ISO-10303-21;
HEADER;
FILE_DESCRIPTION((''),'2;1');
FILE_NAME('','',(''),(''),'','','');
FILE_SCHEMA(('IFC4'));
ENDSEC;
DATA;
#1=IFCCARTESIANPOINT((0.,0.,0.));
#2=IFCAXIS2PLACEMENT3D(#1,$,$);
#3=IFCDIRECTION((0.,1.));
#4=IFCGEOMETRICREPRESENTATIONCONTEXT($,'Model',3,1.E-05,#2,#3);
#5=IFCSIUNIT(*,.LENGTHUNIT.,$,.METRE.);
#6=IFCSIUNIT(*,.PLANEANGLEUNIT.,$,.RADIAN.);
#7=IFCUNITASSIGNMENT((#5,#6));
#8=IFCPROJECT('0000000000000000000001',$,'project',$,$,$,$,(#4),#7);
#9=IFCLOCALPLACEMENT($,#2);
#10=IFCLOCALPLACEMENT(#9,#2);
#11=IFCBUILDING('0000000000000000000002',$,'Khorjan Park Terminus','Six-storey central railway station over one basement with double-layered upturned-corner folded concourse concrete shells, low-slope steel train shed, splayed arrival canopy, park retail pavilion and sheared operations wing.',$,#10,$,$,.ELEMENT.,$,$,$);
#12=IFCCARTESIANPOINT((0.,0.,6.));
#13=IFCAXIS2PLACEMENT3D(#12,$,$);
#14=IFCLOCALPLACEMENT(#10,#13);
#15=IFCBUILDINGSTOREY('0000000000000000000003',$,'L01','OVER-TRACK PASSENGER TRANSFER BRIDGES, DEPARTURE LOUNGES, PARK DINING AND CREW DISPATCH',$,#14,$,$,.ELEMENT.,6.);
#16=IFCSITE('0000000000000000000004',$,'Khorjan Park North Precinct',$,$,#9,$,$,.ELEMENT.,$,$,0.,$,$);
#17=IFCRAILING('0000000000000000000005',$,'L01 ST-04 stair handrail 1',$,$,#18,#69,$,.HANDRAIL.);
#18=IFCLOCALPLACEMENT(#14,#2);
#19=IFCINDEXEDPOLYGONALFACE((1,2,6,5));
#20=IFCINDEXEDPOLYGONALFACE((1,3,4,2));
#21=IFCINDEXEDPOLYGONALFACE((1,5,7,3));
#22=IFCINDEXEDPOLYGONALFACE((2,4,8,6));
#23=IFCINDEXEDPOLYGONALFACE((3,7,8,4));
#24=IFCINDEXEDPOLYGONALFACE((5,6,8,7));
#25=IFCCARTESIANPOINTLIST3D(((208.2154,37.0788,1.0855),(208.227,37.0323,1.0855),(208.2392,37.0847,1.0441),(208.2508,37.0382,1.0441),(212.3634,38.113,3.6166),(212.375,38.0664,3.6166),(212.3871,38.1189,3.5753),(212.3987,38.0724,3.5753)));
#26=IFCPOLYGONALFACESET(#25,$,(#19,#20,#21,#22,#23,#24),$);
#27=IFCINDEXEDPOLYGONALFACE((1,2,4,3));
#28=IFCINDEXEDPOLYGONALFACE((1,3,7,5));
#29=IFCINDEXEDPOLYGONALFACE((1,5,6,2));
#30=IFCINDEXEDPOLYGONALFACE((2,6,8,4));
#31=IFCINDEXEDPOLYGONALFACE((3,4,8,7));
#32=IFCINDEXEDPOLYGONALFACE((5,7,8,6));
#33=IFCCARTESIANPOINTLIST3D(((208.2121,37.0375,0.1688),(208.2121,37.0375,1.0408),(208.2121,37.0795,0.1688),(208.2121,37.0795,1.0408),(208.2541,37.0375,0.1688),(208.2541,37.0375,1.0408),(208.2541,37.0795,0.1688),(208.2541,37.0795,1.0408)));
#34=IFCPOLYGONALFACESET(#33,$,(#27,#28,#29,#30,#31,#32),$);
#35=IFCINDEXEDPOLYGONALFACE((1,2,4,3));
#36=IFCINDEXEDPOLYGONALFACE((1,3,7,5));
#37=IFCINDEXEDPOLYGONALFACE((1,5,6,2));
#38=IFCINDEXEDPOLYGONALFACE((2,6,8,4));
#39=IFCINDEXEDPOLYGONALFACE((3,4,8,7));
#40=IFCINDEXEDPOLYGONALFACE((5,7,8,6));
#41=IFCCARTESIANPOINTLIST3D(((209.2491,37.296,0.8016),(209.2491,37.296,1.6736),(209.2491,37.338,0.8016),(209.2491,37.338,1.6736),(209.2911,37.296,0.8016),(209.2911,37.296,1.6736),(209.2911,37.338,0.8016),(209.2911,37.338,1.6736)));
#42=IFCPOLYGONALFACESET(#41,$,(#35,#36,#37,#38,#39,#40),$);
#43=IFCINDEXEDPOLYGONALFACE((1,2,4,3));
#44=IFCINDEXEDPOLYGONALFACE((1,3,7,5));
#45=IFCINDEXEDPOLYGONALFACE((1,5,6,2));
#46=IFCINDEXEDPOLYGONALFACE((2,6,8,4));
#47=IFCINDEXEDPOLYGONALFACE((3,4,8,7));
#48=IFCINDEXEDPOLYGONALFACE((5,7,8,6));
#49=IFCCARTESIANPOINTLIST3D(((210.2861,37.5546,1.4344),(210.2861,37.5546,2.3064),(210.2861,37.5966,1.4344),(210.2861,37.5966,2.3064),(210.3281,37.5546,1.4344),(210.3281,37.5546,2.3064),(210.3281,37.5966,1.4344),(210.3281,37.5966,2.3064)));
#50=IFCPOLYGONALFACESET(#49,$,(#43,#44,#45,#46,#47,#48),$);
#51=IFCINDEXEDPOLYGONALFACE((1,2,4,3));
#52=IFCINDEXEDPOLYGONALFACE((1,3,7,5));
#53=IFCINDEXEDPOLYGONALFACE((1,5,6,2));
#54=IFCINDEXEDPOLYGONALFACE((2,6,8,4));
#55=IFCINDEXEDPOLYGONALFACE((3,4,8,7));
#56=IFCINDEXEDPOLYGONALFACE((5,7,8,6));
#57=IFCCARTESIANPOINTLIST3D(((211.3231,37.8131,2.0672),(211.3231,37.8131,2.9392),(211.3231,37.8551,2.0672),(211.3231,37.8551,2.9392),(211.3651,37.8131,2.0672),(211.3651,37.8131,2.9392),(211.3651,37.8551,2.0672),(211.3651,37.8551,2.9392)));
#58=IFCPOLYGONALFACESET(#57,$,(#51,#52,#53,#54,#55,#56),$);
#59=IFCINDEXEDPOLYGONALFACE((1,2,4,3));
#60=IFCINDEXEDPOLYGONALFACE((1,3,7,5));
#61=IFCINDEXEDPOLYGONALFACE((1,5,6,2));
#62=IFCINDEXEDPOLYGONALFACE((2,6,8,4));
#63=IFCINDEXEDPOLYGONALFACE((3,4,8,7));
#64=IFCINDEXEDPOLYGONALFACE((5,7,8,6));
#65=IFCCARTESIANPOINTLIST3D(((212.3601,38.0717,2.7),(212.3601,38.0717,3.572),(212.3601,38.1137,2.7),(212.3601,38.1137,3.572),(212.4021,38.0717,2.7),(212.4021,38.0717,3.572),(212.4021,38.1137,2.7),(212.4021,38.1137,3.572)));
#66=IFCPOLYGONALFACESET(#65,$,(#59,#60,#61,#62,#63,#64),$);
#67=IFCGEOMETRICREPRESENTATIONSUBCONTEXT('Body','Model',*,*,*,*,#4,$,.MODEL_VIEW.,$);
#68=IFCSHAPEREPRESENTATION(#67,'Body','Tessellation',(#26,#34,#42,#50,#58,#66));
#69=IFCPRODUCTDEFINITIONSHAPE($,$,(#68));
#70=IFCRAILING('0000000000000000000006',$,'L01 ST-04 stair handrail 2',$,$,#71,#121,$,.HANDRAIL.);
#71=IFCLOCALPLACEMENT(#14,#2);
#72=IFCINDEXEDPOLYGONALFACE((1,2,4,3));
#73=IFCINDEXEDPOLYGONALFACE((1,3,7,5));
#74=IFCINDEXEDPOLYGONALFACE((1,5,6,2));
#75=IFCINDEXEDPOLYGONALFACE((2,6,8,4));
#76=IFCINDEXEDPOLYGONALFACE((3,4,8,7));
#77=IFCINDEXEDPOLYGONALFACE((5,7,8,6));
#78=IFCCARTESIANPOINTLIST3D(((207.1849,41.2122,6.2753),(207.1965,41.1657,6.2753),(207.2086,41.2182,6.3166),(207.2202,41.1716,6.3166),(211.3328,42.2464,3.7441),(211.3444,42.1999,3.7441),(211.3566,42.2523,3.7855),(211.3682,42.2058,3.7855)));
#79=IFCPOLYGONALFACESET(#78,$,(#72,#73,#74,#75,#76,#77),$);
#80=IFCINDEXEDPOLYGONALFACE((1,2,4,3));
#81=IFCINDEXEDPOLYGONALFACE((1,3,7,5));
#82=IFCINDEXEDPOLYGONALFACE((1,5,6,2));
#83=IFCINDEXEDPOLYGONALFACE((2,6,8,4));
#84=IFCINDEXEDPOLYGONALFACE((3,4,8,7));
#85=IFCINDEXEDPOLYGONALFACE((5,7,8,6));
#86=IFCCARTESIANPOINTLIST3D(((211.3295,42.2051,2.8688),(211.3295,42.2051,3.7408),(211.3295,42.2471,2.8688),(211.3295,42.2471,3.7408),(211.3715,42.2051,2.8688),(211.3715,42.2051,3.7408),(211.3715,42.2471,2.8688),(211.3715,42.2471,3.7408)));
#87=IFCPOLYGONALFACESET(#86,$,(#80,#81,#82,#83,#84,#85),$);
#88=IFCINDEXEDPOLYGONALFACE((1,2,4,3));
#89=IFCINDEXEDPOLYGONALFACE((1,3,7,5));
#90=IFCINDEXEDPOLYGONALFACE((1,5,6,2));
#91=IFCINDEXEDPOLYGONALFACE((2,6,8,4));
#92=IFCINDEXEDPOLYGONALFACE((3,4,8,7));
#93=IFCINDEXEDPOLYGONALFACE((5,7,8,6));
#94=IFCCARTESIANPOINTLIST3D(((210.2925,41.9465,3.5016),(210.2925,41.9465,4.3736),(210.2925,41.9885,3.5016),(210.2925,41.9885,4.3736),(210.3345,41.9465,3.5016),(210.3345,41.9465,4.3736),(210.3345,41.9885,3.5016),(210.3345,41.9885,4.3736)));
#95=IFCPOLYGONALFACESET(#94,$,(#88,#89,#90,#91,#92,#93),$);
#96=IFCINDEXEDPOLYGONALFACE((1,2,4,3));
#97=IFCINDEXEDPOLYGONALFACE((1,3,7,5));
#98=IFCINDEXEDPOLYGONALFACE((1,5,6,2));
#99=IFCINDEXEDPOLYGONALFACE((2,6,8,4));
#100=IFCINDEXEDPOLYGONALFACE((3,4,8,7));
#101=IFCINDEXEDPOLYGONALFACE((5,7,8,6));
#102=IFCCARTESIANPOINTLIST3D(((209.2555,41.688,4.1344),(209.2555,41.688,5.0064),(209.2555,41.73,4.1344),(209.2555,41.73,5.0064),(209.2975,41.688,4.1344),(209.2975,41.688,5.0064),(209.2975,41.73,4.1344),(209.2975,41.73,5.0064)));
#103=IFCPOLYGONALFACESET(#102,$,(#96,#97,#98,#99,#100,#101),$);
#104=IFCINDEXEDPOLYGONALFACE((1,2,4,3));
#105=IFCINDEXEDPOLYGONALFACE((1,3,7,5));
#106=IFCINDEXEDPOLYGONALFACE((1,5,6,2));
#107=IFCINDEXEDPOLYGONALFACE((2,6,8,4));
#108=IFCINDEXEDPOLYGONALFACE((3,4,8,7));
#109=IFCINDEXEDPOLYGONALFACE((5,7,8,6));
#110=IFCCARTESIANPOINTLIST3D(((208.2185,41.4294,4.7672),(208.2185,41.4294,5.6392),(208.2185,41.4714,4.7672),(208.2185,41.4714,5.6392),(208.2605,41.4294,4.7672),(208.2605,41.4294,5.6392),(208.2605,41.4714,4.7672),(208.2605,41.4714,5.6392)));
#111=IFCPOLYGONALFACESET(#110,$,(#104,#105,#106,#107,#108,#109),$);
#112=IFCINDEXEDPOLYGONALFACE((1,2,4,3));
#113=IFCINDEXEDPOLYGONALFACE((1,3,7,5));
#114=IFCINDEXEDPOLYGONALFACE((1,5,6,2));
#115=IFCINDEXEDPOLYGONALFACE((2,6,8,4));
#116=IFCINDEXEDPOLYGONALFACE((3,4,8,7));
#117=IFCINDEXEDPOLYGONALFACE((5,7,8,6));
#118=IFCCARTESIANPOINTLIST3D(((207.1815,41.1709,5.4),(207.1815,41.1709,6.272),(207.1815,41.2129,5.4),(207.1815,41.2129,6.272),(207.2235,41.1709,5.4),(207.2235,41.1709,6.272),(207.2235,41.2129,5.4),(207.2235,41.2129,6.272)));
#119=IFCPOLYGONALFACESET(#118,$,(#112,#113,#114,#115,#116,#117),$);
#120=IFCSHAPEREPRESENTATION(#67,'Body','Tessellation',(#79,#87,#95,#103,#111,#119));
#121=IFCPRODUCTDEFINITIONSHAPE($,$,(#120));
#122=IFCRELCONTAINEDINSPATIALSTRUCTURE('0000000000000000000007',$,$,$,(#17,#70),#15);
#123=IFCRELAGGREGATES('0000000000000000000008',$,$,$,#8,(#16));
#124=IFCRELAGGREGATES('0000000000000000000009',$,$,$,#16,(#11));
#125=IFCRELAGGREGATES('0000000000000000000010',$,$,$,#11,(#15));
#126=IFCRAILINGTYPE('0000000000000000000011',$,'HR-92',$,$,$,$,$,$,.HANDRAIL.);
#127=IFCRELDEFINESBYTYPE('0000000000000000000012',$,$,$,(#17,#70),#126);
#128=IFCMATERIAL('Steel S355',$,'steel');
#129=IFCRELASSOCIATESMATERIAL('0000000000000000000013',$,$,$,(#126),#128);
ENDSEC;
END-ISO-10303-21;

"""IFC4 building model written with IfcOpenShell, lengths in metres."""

from ifc_helpers import new_model, si_unit, direction, frame, origin, origin_2d, place, context, subcontext, project, spatial, rectangle, extrude, material, type_object, element, save


model = new_model("IFC4")

# Units and contexts
model_context = context("Model", 3, precision=1e-05, world=origin(), true_north=direction((0.0, 1.0)))
body_context = subcontext(model_context, "Body", "Model", "MODEL_VIEW")
ifc_project = project(units=[si_unit("LENGTHUNIT", "METRE"), si_unit("PLANEANGLEUNIT", "RADIAN")], contexts=[model_context])

# Site, building, storey
site_placement = place(None, origin())
site = spatial("IfcSite", under=ifc_project, at=site_placement, Name="Khorjan Park North Precinct", CompositionType="ELEMENT", RefElevation=0.0)
building_placement = place(site_placement, origin())
building = spatial("IfcBuilding", under=site, at=building_placement, Name="Khorjan Park Terminus", Description="Six-storey central railway station over one basement with double-layered upturned-corner folded concourse concrete shells, low-slope steel train shed, splayed arrival canopy, park retail pavilion and sheared operations wing.", CompositionType="ELEMENT")
storey_placement = place(building_placement, frame((0.0, 0.0, 6.0)))
storey = spatial("IfcBuildingStorey", under=building, at=storey_placement, Name="L01", Description="OVER-TRACK PASSENGER TRANSFER BRIDGES, DEPARTURE LOUNGES, PARK DINING AND CREW DISPATCH", CompositionType="ELEMENT", Elevation=6.0)

# Shared definitions
ifc_material_1 = material(Name="Steel S355", Category="steel")

# Railings
railing_type_1 = type_object("IfcRailingType", Name="HR-92", PredefinedType="HANDRAIL", material=ifc_material_1)
railing_1_placement = place(storey_placement, frame((208.2331, 37.0585, 0.1688)))
element("IfcRailing", 1, at=railing_1_placement, inside=storey, type_object=railing_type_1, Name="L01 ST-04 stair handrail 1", PredefinedType="HANDRAIL", context=body_context, shape_type="SweptSolid", body=[
    extrude(rectangle(XDim=0.048, YDim=0.048, at=origin_2d()), frame((0.0, 0.0, 0.896), z_axis=(0.83492, 0.208166, 0.509486), x_axis=(-0.241919, 0.970296, 0.0)), (0.0, 0.0, 1.0), 4.9681),
    extrude(rectangle(XDim=0.042, YDim=0.042, at=origin_2d()), origin(), (0.0, 0.0, 1.0), 0.872),
    extrude(rectangle(XDim=0.042, YDim=0.042, at=origin_2d()), frame((1.037, 0.2585, 0.6328)), (0.0, 0.0, 1.0), 0.872),
    extrude(rectangle(XDim=0.042, YDim=0.042, at=origin_2d()), frame((2.074, 0.5171, 1.2656)), (0.0, 0.0, 1.0), 0.872),
    extrude(rectangle(XDim=0.042, YDim=0.042, at=origin_2d()), frame((3.111, 0.7756, 1.8984)), (0.0, 0.0, 1.0), 0.872),
    extrude(rectangle(XDim=0.042, YDim=0.042, at=origin_2d()), frame((4.148, 1.0342, 2.5312)), (0.0, 0.0, 1.0), 0.872),
])
railing_2_placement = place(storey_placement, frame((211.3505, 42.2261, 2.8688)))
element("IfcRailing", 2, at=railing_2_placement, inside=storey, type_object=railing_type_1, Name="L01 ST-04 stair handrail 2", PredefinedType="HANDRAIL", context=body_context, shape_type="SweptSolid", body=[
    extrude(rectangle(XDim=0.048, YDim=0.048, at=origin_2d()), frame((0.0, 0.0, 0.896), z_axis=(-0.83492, -0.208166, 0.509486), x_axis=(0.241919, -0.970296, 0.0)), (0.0, 0.0, 1.0), 4.9681),
    extrude(rectangle(XDim=0.042, YDim=0.042, at=origin_2d()), origin(), (0.0, 0.0, 1.0), 0.872),
    extrude(rectangle(XDim=0.042, YDim=0.042, at=origin_2d()), frame((-1.037, -0.2586, 0.6328)), (0.0, 0.0, 1.0), 0.872),
    extrude(rectangle(XDim=0.042, YDim=0.042, at=origin_2d()), frame((-2.074, -0.5171, 1.2656)), (0.0, 0.0, 1.0), 0.872),
    extrude(rectangle(XDim=0.042, YDim=0.042, at=origin_2d()), frame((-3.111, -0.7757, 1.8984)), (0.0, 0.0, 1.0), 0.872),
    extrude(rectangle(XDim=0.042, YDim=0.042, at=origin_2d()), frame((-4.148, -1.0342, 2.5312)), (0.0, 0.0, 1.0), 0.872),
])

save(model, "model.ifc")
